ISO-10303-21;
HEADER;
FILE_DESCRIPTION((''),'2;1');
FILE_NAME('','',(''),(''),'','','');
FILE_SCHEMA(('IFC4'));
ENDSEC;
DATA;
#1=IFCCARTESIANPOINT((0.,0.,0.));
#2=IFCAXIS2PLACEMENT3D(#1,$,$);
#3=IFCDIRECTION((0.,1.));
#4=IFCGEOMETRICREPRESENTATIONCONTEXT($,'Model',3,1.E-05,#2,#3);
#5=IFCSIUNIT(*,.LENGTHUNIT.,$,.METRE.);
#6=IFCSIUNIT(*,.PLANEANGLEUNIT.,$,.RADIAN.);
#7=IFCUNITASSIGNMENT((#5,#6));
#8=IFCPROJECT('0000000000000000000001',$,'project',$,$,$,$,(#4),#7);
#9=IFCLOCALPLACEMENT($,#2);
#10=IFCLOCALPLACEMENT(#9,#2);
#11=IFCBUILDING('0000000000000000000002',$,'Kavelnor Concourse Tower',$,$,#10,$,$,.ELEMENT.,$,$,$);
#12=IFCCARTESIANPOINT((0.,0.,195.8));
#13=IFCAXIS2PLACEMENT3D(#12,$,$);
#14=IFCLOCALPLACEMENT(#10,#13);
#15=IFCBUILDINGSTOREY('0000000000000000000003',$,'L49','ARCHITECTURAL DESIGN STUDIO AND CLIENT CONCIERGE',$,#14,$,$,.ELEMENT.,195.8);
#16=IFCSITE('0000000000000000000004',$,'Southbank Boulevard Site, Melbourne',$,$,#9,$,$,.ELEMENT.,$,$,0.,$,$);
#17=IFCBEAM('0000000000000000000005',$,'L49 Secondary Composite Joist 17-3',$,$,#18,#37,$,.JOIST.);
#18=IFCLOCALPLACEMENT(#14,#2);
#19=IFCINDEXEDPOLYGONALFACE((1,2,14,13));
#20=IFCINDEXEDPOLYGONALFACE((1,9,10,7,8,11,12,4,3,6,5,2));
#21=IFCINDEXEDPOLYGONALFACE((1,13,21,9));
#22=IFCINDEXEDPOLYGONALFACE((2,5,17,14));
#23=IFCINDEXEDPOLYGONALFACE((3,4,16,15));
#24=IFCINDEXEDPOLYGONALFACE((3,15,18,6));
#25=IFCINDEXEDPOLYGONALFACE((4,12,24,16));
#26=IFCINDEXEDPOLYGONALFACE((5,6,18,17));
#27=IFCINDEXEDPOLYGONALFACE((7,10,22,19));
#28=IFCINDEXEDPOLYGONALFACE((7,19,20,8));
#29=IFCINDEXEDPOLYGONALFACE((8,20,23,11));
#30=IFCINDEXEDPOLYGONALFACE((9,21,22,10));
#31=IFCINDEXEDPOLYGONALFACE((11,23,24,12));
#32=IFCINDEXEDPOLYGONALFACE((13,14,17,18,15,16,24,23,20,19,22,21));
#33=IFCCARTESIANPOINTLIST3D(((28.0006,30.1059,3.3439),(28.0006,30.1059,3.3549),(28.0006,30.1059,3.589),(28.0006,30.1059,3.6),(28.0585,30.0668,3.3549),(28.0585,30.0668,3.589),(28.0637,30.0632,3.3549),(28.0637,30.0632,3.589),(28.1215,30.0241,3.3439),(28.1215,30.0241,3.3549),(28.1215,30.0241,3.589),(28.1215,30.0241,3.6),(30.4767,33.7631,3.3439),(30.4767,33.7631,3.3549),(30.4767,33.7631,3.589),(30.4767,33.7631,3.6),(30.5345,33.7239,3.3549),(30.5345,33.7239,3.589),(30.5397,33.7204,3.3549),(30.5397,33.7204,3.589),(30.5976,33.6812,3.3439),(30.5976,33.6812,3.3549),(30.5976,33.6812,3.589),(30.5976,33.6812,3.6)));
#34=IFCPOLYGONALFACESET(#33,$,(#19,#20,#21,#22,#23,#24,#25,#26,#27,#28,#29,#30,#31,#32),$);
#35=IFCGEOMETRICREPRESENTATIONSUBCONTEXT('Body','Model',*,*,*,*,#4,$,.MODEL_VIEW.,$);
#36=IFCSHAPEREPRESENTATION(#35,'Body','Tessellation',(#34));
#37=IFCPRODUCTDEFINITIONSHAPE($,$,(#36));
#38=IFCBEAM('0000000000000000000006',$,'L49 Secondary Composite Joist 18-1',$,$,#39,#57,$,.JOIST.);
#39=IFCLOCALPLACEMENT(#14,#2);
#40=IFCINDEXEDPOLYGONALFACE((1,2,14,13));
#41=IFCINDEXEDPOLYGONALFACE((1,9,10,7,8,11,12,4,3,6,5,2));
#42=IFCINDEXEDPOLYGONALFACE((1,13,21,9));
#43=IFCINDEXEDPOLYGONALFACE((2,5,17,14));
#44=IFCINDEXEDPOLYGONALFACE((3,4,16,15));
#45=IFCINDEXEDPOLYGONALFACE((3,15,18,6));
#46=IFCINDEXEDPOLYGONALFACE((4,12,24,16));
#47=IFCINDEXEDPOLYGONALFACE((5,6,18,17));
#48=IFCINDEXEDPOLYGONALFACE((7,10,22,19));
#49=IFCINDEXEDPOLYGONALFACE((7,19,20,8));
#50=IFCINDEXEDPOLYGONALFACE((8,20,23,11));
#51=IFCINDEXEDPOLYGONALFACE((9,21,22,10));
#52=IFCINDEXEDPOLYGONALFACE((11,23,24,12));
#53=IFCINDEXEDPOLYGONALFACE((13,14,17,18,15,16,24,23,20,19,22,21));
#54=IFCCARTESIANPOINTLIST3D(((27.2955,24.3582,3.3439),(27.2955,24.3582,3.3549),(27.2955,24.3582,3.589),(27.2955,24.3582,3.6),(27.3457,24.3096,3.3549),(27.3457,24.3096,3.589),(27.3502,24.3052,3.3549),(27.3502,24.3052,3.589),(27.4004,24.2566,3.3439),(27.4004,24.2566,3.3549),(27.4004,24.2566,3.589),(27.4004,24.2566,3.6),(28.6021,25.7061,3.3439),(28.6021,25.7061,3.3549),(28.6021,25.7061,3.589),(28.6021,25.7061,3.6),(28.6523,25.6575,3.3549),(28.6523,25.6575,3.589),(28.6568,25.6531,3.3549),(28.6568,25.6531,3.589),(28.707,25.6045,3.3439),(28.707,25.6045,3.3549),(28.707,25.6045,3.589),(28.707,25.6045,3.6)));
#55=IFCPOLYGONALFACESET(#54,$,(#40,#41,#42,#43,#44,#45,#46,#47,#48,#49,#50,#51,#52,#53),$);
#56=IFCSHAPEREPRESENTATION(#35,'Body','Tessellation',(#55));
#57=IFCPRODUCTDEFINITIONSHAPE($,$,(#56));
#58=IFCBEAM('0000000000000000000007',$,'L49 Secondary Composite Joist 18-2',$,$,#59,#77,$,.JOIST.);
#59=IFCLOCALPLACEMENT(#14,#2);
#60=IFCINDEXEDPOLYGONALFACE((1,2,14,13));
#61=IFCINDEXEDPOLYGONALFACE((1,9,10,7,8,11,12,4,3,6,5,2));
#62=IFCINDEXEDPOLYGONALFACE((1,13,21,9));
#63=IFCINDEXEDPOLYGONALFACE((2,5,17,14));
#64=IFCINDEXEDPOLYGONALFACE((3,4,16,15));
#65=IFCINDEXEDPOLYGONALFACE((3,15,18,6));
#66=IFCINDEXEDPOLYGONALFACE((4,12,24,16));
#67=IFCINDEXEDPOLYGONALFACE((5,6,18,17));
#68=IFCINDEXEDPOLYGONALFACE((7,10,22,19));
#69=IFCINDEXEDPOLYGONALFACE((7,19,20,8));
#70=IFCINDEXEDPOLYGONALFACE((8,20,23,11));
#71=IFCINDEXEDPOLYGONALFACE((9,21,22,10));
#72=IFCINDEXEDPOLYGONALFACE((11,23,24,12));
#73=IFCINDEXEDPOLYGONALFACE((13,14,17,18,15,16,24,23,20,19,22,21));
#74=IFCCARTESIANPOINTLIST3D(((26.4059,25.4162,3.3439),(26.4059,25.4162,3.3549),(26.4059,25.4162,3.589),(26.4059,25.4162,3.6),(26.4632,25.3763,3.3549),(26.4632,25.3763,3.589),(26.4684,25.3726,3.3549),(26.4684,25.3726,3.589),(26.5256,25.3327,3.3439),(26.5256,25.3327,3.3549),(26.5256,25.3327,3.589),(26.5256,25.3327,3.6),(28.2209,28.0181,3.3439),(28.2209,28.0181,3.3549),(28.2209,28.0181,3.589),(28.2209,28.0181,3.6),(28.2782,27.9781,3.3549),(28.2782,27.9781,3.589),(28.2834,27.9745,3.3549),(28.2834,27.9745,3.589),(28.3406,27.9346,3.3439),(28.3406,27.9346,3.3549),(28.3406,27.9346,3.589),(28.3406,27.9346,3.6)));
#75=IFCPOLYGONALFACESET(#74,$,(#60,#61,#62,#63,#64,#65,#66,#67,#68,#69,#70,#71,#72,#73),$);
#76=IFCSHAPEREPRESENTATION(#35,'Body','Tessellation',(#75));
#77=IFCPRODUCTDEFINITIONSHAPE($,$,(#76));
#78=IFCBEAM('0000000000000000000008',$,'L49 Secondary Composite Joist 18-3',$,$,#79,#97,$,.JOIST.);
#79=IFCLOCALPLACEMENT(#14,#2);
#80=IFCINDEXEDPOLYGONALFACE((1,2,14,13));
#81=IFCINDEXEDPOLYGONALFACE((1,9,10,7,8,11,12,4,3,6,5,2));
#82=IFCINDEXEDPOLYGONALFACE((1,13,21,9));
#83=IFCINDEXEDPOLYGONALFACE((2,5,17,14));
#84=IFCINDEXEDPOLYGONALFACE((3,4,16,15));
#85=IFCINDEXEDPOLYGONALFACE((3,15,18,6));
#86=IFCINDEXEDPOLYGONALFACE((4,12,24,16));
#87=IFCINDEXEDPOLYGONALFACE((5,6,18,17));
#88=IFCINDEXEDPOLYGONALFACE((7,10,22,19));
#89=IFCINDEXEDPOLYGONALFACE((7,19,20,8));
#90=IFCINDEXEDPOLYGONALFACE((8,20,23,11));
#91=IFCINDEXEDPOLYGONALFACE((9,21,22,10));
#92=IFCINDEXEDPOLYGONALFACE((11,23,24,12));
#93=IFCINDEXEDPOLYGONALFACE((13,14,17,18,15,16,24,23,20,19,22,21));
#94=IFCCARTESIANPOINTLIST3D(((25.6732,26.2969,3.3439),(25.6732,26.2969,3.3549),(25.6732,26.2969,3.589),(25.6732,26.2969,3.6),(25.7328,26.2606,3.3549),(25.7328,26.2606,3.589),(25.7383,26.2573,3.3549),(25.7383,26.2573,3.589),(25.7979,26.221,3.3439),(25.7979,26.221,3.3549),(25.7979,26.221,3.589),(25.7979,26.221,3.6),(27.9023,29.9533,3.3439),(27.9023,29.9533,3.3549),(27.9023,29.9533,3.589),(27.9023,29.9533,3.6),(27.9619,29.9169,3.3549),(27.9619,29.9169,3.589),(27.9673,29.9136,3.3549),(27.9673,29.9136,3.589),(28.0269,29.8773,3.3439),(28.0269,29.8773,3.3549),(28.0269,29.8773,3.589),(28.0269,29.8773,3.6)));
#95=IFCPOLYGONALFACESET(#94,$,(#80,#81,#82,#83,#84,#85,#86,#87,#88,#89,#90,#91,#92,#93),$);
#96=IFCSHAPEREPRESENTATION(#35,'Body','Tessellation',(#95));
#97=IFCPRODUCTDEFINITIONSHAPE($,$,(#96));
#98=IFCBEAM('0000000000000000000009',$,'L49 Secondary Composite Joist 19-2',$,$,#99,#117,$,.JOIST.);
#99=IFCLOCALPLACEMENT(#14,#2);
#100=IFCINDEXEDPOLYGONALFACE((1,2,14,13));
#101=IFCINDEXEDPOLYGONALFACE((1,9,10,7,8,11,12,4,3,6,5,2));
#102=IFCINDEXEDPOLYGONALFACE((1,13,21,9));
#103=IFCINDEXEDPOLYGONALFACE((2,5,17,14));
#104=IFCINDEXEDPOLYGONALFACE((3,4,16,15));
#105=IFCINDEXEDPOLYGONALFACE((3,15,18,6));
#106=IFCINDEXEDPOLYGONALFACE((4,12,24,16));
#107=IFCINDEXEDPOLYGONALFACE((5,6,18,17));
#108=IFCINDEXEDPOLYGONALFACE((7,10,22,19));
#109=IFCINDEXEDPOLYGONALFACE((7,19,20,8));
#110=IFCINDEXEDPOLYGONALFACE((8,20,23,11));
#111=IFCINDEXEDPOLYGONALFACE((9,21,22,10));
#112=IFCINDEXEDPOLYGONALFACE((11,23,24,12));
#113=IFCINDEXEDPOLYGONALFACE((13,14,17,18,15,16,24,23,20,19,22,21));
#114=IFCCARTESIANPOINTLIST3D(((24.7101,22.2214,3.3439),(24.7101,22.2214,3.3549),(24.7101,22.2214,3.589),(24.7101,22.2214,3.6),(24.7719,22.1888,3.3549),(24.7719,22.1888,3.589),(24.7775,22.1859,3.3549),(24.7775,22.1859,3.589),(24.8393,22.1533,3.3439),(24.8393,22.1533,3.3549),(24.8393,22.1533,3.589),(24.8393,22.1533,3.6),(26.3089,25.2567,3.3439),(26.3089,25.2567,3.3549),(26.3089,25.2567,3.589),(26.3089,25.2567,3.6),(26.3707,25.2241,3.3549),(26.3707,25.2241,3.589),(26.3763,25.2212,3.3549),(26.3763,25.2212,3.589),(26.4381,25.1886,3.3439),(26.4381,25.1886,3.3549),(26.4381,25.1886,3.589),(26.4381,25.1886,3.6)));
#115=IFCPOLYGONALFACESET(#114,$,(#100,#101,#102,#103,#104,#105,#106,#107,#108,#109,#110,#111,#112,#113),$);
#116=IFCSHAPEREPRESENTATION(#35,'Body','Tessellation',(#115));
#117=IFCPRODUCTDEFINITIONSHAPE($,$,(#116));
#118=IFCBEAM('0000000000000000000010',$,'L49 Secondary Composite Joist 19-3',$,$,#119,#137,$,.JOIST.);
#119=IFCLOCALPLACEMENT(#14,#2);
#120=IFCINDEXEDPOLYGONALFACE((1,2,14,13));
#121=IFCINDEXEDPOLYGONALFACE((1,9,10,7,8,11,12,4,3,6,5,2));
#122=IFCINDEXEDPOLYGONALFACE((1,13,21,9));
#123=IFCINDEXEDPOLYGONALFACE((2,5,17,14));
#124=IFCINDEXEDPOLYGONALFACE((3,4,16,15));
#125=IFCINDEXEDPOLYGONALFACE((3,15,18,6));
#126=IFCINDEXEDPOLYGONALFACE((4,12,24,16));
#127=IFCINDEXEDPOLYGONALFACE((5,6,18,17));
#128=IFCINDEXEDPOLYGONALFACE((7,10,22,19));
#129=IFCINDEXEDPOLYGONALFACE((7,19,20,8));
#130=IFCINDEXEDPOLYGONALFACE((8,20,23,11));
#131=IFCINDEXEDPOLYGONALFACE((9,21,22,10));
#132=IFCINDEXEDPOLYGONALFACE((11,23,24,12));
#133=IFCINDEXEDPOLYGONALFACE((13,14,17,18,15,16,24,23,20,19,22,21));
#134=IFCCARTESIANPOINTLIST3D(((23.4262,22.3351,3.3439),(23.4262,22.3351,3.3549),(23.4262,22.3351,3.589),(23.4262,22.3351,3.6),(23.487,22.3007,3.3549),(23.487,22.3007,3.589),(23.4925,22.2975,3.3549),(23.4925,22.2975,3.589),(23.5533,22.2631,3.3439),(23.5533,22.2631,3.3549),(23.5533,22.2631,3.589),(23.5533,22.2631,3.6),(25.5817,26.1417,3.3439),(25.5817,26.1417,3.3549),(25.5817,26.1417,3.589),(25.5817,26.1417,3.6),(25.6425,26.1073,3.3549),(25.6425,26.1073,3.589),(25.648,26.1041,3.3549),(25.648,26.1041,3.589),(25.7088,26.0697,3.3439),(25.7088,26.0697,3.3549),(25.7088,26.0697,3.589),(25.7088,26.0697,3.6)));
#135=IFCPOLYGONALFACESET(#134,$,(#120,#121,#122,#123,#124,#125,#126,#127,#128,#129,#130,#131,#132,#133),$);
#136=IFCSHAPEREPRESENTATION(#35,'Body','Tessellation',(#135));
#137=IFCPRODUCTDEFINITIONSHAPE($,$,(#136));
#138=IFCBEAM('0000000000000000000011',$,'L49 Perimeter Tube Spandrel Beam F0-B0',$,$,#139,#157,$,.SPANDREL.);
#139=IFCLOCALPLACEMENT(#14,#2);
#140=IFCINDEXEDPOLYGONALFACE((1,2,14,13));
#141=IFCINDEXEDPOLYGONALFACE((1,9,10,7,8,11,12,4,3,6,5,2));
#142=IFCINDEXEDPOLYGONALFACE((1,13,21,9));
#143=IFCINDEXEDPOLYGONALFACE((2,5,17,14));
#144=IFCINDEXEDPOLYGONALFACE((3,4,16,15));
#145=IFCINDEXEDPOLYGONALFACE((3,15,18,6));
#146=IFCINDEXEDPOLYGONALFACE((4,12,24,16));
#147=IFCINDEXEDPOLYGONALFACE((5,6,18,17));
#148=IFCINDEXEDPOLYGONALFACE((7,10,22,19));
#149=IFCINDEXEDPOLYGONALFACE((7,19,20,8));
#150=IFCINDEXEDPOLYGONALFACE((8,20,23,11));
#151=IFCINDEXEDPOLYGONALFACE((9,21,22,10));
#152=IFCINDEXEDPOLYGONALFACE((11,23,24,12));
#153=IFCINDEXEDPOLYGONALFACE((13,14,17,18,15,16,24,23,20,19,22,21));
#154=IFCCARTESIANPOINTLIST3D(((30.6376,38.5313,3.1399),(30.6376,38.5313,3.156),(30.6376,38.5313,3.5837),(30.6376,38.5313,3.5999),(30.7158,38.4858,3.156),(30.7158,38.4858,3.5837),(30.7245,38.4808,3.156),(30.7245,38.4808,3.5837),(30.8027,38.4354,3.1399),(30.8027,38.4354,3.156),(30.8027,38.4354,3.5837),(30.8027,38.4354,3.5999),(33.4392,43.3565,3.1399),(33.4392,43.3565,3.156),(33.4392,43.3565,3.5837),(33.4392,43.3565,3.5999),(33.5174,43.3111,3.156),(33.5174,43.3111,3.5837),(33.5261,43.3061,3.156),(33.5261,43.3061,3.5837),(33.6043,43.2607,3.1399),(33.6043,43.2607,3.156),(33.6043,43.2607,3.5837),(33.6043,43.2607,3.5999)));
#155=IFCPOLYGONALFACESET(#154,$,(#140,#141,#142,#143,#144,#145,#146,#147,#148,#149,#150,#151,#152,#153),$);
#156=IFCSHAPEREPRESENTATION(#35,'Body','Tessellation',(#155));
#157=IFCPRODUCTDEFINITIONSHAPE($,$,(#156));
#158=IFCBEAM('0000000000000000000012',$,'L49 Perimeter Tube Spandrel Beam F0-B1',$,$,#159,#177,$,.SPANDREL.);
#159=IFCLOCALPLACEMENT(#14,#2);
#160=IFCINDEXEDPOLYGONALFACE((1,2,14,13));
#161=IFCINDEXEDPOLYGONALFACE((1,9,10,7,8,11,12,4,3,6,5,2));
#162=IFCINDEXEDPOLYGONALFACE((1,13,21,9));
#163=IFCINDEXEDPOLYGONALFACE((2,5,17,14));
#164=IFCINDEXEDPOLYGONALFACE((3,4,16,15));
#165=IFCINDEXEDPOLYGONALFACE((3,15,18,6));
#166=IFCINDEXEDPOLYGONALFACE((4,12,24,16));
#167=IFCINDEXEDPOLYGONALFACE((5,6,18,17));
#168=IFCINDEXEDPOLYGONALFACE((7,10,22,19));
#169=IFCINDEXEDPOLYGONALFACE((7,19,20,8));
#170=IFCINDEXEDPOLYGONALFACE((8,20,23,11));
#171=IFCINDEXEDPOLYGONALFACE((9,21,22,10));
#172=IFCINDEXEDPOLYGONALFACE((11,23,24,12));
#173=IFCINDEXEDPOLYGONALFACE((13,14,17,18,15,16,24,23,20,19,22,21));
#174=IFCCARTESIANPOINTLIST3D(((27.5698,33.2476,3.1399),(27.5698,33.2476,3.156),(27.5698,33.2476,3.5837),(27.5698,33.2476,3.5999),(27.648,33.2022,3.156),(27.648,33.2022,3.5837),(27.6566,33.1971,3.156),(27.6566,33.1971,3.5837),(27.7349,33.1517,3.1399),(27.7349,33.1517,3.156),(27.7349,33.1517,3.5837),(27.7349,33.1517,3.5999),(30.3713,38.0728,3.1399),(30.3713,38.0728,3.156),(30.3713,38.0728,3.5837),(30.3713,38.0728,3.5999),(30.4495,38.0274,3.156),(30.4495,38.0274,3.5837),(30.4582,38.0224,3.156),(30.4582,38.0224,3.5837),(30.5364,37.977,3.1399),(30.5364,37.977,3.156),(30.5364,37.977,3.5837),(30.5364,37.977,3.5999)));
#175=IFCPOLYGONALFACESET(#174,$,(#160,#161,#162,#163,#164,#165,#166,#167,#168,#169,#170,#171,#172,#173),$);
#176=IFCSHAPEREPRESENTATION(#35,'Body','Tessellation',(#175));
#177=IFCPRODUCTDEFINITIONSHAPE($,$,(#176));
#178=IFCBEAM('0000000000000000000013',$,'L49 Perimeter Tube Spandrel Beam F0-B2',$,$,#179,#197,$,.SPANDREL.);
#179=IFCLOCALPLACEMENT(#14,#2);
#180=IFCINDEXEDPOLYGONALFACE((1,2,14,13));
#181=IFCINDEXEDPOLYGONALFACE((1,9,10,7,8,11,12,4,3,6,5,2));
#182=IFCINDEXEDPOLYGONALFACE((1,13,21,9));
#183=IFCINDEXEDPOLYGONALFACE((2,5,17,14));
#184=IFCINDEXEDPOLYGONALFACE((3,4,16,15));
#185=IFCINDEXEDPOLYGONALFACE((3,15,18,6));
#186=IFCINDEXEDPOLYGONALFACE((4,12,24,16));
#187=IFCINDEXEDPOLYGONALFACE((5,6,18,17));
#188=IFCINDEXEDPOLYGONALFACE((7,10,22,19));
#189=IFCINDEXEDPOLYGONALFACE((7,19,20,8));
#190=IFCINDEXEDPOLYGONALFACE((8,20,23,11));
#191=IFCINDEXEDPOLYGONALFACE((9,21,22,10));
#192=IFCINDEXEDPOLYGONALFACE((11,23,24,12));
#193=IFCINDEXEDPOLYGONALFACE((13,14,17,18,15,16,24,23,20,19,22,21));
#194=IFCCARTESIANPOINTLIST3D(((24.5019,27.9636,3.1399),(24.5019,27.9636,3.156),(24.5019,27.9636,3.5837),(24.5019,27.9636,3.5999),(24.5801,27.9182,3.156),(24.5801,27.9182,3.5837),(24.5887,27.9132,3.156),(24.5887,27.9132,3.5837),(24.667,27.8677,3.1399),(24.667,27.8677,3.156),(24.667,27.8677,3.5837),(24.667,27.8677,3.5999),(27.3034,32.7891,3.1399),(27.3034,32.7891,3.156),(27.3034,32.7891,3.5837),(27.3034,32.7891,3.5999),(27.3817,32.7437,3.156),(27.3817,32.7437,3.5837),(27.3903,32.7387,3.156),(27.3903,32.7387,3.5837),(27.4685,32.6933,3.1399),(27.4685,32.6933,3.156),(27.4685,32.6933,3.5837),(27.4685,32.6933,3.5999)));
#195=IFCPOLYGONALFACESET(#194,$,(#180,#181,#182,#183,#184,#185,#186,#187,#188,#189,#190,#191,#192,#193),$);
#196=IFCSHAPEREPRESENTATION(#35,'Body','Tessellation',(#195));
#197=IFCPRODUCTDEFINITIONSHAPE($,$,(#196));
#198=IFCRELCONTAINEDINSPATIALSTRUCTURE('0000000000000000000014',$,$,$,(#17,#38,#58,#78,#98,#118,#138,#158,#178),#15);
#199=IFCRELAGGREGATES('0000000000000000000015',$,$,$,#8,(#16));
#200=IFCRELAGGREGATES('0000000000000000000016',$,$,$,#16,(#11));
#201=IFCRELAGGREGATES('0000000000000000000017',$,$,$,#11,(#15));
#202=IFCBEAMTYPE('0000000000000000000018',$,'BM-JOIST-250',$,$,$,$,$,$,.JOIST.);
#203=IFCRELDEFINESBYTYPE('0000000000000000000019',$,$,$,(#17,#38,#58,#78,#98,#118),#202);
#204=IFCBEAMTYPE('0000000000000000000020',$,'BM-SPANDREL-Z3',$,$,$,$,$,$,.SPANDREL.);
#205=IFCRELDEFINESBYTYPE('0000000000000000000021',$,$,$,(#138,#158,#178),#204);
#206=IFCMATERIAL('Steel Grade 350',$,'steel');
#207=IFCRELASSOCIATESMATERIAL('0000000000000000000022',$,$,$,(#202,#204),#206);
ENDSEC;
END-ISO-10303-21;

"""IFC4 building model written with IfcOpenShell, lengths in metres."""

from ifc_helpers import new_model, si_unit, direction, frame, origin, origin_2d, place, context, subcontext, project, spatial, i_section, extrude, material, material_profile, profile_set, type_object, element, save


model = new_model("IFC4")

# Units and contexts
model_context = context("Model", 3, precision=1e-05, world=origin(), true_north=direction((0.0, 1.0)))
body_context = subcontext(model_context, "Body", "Model", "MODEL_VIEW")
ifc_project = project(units=[si_unit("LENGTHUNIT", "METRE"), si_unit("PLANEANGLEUNIT", "RADIAN")], contexts=[model_context])

# Site, building, storey
site_placement = place(None, origin())
site = spatial("IfcSite", under=ifc_project, at=site_placement, Name="Southbank Boulevard Site, Melbourne", CompositionType="ELEMENT", RefElevation=0.0)
building_placement = place(site_placement, origin())
building = spatial("IfcBuilding", under=site, at=building_placement, Name="Kavelnor Concourse Tower", CompositionType="ELEMENT")
storey_placement = place(building_placement, frame((0.0, 0.0, 195.8)))
storey = spatial("IfcBuildingStorey", under=building, at=storey_placement, Name="L49", Description="ARCHITECTURAL DESIGN STUDIO AND CLIENT CONCIERGE", CompositionType="ELEMENT", Elevation=195.8)

# Shared definitions
ifc_material_1 = material(Name="Steel Grade 350", Category="steel")

# Beams
ifc_material_profile_1 = material_profile(ifc_material_1, i_section(OverallWidth=0.146, OverallDepth=0.2561, WebThickness=0.0063, FlangeThickness=0.011, at=origin_2d()), Name="250UB37")
ifc_profile_set_1 = profile_set([ifc_material_profile_1], Name="Steel Grade 350")
beam_type_1 = type_object("IfcBeamType", Name="BM-JOIST-250", PredefinedType="JOIST", material=ifc_profile_set_1)
beam_1_placement = place(storey_placement, frame((30.5371, 33.7222, 3.4719), z_axis=(-0.560631, -0.828066, 0.0), x_axis=(0.828066, -0.560631, 0.0)))
element("IfcBeam", 1, at=beam_1_placement, inside=storey, type_object=beam_type_1, Name="L49 Secondary Composite Joist 17-3", PredefinedType="JOIST", context=body_context, shape_type="SweptSolid", body=[
    extrude(i_section(OverallWidth=0.146, OverallDepth=0.2561, WebThickness=0.0063, FlangeThickness=0.011, at=origin_2d()), origin(), (0.0, 0.0, 1.0), 4.4165),
])
beam_2_placement = place(storey_placement, frame((28.6545, 25.6553, 3.4719), z_axis=(-0.696032, -0.718011, 0.0), x_axis=(0.718011, -0.696032, 0.0)))
element("IfcBeam", 2, at=beam_2_placement, inside=storey, type_object=beam_type_1, Name="L49 Secondary Composite Joist 18-1", PredefinedType="JOIST", context=body_context, shape_type="SweptSolid", body=[
    extrude(i_section(OverallWidth=0.146, OverallDepth=0.2561, WebThickness=0.0063, FlangeThickness=0.011, at=origin_2d()), origin(), (0.0, 0.0, 1.0), 1.8772),
])
beam_3_placement = place(storey_placement, frame((28.2808, 27.9763, 3.4719), z_axis=(-0.572124, -0.820167, 0.0), x_axis=(0.820167, -0.572124, 0.0)))
element("IfcBeam", 3, at=beam_3_placement, inside=storey, type_object=beam_type_1, Name="L49 Secondary Composite Joist 18-2", PredefinedType="JOIST", context=body_context, shape_type="SweptSolid", body=[
    extrude(i_section(OverallWidth=0.146, OverallDepth=0.2561, WebThickness=0.0063, FlangeThickness=0.011, at=origin_2d()), origin(), (0.0, 0.0, 1.0), 3.1724),
])
beam_4_placement = place(storey_placement, frame((27.9646, 29.9153, 3.4719), z_axis=(-0.520536, -0.853839, 0.0), x_axis=(0.853839, -0.520536, 0.0)))
element("IfcBeam", 4, at=beam_4_placement, inside=storey, type_object=beam_type_1, Name="L49 Secondary Composite Joist 18-3", PredefinedType="JOIST", context=body_context, shape_type="SweptSolid", body=[
    extrude(i_section(OverallWidth=0.146, OverallDepth=0.2561, WebThickness=0.0063, FlangeThickness=0.011, at=origin_2d()), origin(), (0.0, 0.0, 1.0), 4.2822),
])
beam_5_placement = place(storey_placement, frame((26.3735, 25.2227, 3.4719), z_axis=(-0.466043, -0.884762, 0.0), x_axis=(0.884762, -0.466043, 0.0)))
element("IfcBeam", 5, at=beam_5_placement, inside=storey, type_object=beam_type_1, Name="L49 Secondary Composite Joist 19-2", PredefinedType="JOIST", context=body_context, shape_type="SweptSolid", body=[
    extrude(i_section(OverallWidth=0.146, OverallDepth=0.2561, WebThickness=0.0063, FlangeThickness=0.011, at=origin_2d()), origin(), (0.0, 0.0, 1.0), 3.4307),
])
beam_6_placement = place(storey_placement, frame((25.6453, 26.1057, 3.4719), z_axis=(-0.492739, -0.870177, 0.0), x_axis=(0.870177, -0.492739, 0.0)))
element("IfcBeam", 6, at=beam_6_placement, inside=storey, type_object=beam_type_1, Name="L49 Secondary Composite Joist 19-3", PredefinedType="JOIST", context=body_context, shape_type="SweptSolid", body=[
    extrude(i_section(OverallWidth=0.146, OverallDepth=0.2561, WebThickness=0.0063, FlangeThickness=0.011, at=origin_2d()), origin(), (0.0, 0.0, 1.0), 4.3745),
])
ifc_material_profile_2 = material_profile(ifc_material_1, i_section(OverallWidth=0.1909, OverallDepth=0.46, WebThickness=0.01, FlangeThickness=0.0161, at=origin_2d()), Name="460UB82")
ifc_profile_set_2 = profile_set([ifc_material_profile_2], Name="Steel Grade 350")
beam_type_2 = type_object("IfcBeamType", Name="BM-SPANDREL-Z3", PredefinedType="SPANDREL", material=ifc_profile_set_2)
for number, where, z_axis, x_axis, name in (
    (7, (33.5217, 43.3086, 3.3699), (-0.502107, -0.864805, 0.0), (0.864805, -0.502107, 0.0), "L49 Perimeter Tube Spandrel Beam F0-B0"),
    (8, (30.4539, 38.0249, 3.3699), (-0.502107, -0.864805, 0.0), (0.864805, -0.502107, 0.0), "L49 Perimeter Tube Spandrel Beam F0-B1"),
):
    element("IfcBeam", number, at=place(storey_placement, frame(where, z_axis=z_axis, x_axis=x_axis)), inside=storey, type_object=beam_type_2, Name=name, PredefinedType="SPANDREL", context=body_context, shape_type="SweptSolid", body=[
        extrude(i_section(OverallWidth=0.1909, OverallDepth=0.46, WebThickness=0.01, FlangeThickness=0.0161, at=origin_2d()), origin(), (0.0, 0.0, 1.0), 5.5796),
    ])
for number, where, z_axis, x_axis, name in (
    (9, (27.386, 32.7412, 3.3699), (-0.502088, -0.864817, 0.0), (0.864817, -0.502088, 0.0), "L49 Perimeter Tube Spandrel Beam F0-B2"),
):
    element("IfcBeam", number, at=place(storey_placement, frame(where, z_axis=z_axis, x_axis=x_axis)), inside=storey, type_object=beam_type_2, Name=name, PredefinedType="SPANDREL", context=body_context, shape_type="SweptSolid", body=[
        extrude(i_section(OverallWidth=0.1909, OverallDepth=0.46, WebThickness=0.01, FlangeThickness=0.0161, at=origin_2d()), origin(), (0.0, 0.0, 1.0), 5.5798),
    ])

save(model, "model.ifc")
